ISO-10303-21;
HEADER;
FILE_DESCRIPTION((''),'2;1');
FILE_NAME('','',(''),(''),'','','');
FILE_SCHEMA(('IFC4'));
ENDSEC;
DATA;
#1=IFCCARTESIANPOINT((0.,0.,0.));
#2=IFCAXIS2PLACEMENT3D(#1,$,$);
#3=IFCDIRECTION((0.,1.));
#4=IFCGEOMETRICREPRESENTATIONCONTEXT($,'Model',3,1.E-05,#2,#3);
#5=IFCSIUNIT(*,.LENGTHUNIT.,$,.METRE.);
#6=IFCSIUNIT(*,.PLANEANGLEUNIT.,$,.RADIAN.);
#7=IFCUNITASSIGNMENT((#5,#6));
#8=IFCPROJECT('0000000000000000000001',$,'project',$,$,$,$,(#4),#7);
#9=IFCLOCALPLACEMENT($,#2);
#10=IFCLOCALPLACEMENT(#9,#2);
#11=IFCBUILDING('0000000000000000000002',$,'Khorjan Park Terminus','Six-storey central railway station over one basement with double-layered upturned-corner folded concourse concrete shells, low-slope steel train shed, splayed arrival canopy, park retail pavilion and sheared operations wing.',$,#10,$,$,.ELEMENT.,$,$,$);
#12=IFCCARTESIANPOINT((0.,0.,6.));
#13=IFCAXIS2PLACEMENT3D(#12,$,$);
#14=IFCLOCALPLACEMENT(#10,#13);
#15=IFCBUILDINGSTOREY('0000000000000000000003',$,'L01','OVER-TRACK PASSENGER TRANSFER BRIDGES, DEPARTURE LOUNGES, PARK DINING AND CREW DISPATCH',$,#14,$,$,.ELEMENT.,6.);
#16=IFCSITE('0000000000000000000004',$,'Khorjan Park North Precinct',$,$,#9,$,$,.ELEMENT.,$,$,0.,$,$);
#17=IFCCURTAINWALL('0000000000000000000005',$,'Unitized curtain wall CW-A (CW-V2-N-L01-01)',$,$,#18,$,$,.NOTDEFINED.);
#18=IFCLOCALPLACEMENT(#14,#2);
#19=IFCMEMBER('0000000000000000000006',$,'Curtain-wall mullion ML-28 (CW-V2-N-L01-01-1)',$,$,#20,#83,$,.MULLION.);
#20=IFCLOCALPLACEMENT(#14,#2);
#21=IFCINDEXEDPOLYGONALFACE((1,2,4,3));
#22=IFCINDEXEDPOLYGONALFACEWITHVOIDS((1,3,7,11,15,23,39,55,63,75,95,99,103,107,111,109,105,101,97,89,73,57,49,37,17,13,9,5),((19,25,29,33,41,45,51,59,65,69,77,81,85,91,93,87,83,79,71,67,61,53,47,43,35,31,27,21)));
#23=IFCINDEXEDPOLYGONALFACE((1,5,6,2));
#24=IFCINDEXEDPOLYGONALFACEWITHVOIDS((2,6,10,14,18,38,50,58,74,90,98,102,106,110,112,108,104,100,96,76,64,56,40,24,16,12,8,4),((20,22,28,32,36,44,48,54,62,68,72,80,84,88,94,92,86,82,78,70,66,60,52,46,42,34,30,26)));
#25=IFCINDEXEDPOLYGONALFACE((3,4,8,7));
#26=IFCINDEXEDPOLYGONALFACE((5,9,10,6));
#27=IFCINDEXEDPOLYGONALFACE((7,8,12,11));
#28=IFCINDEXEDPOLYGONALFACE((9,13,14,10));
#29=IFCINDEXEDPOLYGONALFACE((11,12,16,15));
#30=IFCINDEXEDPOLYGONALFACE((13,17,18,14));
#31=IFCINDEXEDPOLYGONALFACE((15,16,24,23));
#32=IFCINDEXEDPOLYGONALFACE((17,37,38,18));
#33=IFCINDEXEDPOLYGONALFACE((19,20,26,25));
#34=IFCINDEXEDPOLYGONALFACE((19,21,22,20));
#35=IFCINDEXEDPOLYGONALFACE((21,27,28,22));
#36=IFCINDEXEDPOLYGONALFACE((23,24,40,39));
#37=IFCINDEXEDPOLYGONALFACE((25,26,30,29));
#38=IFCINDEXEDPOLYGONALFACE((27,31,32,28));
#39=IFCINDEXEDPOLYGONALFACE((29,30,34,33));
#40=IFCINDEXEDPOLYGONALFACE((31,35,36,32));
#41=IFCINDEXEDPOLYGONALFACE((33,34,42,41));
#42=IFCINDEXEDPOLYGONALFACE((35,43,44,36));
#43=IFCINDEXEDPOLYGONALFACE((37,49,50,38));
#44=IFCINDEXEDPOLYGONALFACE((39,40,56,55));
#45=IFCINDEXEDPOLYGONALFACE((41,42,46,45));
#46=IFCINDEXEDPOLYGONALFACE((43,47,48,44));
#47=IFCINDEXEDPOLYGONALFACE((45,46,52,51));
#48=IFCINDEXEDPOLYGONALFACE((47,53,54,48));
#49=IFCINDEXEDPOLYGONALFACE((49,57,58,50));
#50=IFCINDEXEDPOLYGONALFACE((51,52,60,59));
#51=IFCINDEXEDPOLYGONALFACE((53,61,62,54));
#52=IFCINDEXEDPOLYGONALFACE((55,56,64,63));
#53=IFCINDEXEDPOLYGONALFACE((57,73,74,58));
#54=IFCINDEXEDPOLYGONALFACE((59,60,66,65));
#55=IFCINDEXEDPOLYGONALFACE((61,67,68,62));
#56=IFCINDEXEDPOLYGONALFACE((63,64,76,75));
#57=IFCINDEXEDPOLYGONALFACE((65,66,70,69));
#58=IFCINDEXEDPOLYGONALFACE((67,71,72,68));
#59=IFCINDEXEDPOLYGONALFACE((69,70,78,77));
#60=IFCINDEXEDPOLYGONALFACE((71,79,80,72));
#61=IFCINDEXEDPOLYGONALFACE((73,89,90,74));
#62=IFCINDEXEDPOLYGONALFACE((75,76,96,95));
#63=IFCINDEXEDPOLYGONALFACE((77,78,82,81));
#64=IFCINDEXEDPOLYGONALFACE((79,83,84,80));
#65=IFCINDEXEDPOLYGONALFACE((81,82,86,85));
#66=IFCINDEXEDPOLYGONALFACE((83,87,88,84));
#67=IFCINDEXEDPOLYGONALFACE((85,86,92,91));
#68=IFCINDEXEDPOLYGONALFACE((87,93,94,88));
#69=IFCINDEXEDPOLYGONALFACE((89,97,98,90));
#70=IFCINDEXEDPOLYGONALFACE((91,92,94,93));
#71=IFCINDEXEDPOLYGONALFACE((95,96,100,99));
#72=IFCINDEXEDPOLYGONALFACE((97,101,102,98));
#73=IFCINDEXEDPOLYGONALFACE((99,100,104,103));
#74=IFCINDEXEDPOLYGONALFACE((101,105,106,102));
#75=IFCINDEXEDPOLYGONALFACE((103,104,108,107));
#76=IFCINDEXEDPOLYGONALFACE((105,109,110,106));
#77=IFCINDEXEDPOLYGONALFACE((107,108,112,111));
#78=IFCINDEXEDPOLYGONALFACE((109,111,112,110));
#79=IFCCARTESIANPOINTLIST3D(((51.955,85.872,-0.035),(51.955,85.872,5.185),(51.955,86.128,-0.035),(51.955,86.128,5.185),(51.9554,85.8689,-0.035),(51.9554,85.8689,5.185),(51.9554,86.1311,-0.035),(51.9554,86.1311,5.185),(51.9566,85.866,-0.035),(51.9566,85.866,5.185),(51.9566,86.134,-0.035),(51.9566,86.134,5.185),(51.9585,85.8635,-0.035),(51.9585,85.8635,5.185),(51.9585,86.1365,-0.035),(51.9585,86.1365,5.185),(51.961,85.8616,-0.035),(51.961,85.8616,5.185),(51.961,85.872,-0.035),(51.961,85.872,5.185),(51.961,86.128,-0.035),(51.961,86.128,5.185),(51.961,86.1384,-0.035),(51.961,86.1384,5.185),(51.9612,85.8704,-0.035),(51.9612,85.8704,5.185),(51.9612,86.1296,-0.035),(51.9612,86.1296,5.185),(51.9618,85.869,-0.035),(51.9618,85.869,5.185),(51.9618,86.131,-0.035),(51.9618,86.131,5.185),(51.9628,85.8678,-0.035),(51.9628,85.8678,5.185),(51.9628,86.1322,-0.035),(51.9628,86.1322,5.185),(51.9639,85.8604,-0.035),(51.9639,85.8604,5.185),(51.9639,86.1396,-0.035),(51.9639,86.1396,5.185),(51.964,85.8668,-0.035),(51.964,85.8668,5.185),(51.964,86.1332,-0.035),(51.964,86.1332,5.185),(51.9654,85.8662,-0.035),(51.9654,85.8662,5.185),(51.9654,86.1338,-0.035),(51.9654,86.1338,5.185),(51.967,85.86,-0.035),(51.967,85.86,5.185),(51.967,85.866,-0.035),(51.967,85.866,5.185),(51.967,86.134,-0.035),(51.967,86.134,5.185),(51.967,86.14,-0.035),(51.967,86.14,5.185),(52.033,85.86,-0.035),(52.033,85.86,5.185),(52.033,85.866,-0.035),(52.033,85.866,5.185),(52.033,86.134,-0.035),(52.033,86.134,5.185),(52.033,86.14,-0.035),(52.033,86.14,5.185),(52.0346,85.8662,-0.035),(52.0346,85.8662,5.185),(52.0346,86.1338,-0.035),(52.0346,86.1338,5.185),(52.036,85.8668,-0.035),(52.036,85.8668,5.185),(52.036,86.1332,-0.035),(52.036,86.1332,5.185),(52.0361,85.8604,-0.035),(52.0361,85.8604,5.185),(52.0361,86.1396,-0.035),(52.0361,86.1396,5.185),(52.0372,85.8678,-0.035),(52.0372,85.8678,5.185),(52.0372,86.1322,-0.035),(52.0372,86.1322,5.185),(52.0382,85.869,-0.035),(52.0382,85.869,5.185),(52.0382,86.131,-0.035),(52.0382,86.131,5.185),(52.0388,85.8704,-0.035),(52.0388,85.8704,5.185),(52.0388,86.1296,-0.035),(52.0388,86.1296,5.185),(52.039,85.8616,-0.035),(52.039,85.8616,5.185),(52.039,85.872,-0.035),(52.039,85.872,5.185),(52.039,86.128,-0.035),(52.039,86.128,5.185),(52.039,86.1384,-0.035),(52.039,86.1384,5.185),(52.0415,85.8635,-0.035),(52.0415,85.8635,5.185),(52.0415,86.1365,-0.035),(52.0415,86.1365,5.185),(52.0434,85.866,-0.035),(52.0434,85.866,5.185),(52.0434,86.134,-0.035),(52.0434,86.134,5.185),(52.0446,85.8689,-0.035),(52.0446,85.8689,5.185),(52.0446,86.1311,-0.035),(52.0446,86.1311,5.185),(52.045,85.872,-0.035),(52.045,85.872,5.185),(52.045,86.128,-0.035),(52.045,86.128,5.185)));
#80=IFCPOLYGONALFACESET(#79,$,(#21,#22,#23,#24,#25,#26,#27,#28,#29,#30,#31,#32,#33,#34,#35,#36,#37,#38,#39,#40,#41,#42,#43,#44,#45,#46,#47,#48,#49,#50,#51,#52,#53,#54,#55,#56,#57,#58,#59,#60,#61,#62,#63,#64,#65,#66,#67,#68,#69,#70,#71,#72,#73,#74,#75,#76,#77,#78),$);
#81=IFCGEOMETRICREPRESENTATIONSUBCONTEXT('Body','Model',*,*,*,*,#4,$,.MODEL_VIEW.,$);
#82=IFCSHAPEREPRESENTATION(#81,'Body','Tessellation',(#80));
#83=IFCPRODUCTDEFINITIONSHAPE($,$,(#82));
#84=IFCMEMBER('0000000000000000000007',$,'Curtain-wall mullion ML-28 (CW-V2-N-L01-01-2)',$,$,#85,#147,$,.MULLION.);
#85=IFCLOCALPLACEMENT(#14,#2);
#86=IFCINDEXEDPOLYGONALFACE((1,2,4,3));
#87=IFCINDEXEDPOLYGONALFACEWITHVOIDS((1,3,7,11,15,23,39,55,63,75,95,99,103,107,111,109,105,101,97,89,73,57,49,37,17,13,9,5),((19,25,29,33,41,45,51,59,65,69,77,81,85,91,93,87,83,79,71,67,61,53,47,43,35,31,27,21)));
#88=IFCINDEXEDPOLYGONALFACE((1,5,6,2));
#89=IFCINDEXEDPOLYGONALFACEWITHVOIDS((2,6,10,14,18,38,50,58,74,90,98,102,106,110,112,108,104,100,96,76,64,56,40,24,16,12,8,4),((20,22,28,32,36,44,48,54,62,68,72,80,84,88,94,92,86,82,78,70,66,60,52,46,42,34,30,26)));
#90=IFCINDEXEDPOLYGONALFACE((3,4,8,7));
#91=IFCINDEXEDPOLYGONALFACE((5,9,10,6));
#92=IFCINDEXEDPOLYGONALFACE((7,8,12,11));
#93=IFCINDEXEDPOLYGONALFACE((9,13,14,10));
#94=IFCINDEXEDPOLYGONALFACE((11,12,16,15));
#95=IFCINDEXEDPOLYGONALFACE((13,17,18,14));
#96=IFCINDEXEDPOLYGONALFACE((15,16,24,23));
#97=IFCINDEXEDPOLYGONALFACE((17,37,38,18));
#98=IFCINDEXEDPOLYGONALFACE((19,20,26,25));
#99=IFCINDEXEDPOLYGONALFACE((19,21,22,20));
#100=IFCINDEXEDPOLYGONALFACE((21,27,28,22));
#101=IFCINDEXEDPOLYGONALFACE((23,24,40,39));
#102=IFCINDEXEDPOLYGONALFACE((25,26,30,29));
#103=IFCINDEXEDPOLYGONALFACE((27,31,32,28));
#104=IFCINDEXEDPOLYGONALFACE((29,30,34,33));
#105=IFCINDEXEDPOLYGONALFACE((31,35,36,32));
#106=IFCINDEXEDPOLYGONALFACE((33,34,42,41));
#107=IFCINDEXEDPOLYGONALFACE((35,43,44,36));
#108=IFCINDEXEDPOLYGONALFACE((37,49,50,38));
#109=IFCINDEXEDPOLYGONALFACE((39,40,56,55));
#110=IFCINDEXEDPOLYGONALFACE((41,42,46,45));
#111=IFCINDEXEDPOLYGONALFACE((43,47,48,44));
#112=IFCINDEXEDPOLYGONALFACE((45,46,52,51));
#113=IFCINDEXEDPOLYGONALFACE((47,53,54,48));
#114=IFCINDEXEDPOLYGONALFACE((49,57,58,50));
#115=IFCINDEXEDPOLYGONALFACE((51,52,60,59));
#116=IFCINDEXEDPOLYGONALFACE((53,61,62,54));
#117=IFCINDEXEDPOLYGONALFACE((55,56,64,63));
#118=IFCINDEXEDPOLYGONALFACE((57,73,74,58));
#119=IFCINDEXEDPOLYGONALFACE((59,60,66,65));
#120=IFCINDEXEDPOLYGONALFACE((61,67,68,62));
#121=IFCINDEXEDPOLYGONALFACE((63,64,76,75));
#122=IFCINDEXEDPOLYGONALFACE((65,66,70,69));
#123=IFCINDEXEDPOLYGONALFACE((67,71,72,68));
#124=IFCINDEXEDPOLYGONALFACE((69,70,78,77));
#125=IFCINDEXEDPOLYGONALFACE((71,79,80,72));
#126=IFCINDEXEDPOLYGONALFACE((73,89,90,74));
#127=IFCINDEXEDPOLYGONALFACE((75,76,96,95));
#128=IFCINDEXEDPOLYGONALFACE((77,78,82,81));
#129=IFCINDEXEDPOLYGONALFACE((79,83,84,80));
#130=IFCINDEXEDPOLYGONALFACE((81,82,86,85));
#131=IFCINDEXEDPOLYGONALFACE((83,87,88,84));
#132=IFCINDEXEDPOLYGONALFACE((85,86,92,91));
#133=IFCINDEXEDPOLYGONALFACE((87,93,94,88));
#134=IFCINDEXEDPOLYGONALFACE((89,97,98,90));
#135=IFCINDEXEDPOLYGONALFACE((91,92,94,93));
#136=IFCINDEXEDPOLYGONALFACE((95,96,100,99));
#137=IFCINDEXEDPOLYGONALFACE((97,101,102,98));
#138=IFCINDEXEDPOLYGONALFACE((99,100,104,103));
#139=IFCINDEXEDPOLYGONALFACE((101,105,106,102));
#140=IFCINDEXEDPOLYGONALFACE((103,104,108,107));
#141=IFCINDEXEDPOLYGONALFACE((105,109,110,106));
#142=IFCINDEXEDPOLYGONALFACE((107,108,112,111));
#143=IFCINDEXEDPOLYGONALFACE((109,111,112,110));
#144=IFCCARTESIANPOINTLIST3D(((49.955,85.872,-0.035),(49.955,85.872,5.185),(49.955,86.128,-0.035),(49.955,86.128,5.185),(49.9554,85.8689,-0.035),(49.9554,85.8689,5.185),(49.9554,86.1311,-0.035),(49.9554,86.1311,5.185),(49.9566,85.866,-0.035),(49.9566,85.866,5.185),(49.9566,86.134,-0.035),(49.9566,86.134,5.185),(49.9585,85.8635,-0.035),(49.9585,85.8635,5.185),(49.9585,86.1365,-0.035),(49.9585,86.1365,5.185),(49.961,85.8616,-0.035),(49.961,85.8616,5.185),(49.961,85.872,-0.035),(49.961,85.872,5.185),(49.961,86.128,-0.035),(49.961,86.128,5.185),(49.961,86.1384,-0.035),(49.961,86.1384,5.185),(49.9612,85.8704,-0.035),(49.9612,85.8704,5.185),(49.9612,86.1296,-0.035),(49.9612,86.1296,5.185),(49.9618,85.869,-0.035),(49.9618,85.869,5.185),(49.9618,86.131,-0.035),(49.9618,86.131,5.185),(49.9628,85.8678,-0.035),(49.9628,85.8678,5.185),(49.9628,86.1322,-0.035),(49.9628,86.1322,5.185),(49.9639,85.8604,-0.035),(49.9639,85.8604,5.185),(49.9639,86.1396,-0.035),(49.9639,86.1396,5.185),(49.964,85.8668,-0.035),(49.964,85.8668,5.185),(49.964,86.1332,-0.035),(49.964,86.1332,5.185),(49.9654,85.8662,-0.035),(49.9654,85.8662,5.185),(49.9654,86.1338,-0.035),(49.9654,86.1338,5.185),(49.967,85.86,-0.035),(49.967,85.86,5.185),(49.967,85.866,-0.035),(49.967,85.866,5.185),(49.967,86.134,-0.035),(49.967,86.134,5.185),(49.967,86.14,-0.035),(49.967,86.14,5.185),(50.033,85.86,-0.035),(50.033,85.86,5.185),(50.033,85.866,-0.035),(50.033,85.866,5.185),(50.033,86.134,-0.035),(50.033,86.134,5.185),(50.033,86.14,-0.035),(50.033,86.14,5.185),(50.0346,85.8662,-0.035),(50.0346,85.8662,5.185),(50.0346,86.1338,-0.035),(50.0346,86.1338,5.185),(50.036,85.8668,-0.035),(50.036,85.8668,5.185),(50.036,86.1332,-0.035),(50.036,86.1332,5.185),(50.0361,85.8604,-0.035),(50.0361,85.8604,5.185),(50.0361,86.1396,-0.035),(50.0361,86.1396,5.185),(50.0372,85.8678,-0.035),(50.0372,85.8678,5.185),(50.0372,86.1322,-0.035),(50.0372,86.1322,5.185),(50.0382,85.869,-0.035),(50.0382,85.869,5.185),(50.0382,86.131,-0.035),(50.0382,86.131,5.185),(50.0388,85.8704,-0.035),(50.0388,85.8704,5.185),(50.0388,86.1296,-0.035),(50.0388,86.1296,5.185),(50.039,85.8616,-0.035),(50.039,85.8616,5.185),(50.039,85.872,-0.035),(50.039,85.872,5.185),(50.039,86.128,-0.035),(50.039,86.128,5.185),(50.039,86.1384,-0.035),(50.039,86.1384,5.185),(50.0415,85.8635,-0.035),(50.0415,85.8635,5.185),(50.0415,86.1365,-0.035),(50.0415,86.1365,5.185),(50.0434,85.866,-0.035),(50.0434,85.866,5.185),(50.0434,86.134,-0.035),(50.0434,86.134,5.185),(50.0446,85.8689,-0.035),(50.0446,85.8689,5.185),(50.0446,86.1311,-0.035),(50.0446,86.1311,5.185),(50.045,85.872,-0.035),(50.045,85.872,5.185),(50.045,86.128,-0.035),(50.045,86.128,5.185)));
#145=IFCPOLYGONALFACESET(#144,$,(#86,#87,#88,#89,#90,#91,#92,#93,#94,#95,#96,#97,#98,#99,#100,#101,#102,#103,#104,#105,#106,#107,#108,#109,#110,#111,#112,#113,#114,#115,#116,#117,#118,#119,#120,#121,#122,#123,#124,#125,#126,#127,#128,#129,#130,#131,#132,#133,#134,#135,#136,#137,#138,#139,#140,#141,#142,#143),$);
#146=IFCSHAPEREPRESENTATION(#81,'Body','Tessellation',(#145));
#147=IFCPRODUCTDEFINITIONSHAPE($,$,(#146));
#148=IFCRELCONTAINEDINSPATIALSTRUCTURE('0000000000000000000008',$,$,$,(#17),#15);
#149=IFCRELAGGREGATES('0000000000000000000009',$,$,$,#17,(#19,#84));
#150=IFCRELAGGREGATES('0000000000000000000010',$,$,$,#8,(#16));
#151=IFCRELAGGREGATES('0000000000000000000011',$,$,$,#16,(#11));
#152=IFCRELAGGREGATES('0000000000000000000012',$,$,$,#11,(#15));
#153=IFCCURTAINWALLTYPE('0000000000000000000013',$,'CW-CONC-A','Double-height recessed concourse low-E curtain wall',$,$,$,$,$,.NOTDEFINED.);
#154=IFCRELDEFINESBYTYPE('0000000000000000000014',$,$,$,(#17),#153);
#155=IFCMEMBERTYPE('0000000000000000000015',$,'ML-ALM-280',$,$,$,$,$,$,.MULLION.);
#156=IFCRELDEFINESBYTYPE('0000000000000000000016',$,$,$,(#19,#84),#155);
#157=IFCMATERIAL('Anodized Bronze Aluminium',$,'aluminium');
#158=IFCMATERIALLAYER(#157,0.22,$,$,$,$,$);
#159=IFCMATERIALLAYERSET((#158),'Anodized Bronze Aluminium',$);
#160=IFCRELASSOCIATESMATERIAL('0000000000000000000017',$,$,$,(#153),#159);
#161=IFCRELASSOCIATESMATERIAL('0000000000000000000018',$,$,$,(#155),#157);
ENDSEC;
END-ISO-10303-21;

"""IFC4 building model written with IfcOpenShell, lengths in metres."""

from ifc_helpers import new_model, si_unit, direction, frame, origin, origin_2d, place, context, subcontext, project, spatial, hollow_rectangle, extrude, material, layer, layer_set, material_profile, profile_set, type_object, element, aggregate, save


model = new_model("IFC4")

# Units and contexts
model_context = context("Model", 3, precision=1e-05, world=origin(), true_north=direction((0.0, 1.0)))
body_context = subcontext(model_context, "Body", "Model", "MODEL_VIEW")
ifc_project = project(units=[si_unit("LENGTHUNIT", "METRE"), si_unit("PLANEANGLEUNIT", "RADIAN")], contexts=[model_context])

# Site, building, storey
site_placement = place(None, origin())
site = spatial("IfcSite", under=ifc_project, at=site_placement, Name="Khorjan Park North Precinct", CompositionType="ELEMENT", RefElevation=0.0)
building_placement = place(site_placement, origin())
building = spatial("IfcBuilding", under=site, at=building_placement, Name="Khorjan Park Terminus", Description="Six-storey central railway station over one basement with double-layered upturned-corner folded concourse concrete shells, low-slope steel train shed, splayed arrival canopy, park retail pavilion and sheared operations wing.", CompositionType="ELEMENT")
storey_placement = place(building_placement, frame((0.0, 0.0, 6.0)))
storey = spatial("IfcBuildingStorey", under=building, at=storey_placement, Name="L01", Description="OVER-TRACK PASSENGER TRANSFER BRIDGES, DEPARTURE LOUNGES, PARK DINING AND CREW DISPATCH", CompositionType="ELEMENT", Elevation=6.0)

# Curtain wall, members
ifc_material_1 = material(Name="Anodized Bronze Aluminium", Category="aluminium")
ifc_layer_1 = layer(ifc_material_1, 0.22)
ifc_layer_set_1 = layer_set([ifc_layer_1], Name="Anodized Bronze Aluminium")
curtain_wall_type_1 = type_object("IfcCurtainWallType", Name="CW-CONC-A", Description="Double-height recessed concourse low-E curtain wall", PredefinedType="NOTDEFINED", material=ifc_layer_set_1)
curtain_wall_1_placement = place(storey_placement, origin())
curtain_wall_1 = element("IfcCurtainWall", 1, at=curtain_wall_1_placement, inside=storey, type_object=curtain_wall_type_1, Name="Unitized curtain wall CW-A (CW-V2-N-L01-01)", PredefinedType="NOTDEFINED")
ifc_material_profile_1 = material_profile(ifc_material_1, hollow_rectangle(XDim=0.09, YDim=0.28, WallThickness=0.006, InnerFilletRadius=0.006, OuterFilletRadius=0.012, at=origin_2d()), Name="ALM 90x280x6")
ifc_profile_set_1 = profile_set([ifc_material_profile_1], Name="Anodized Bronze Aluminium")
member_type_1 = type_object("IfcMemberType", Name="ML-ALM-280", PredefinedType="MULLION", material=ifc_profile_set_1)
member_1_placement = place(storey_placement, frame((52.0, 86.0, -0.035), z_axis=(0.0, 0.0, 1.0), x_axis=(-1.0, 0.0, 0.0)))
member_1 = element("IfcMember", 2, at=member_1_placement, type_object=member_type_1, Name="Curtain-wall mullion ML-28 (CW-V2-N-L01-01-1)", PredefinedType="MULLION", context=body_context, shape_type="SweptSolid", body=[
    extrude(hollow_rectangle(XDim=0.09, YDim=0.28, WallThickness=0.006, InnerFilletRadius=0.006, OuterFilletRadius=0.012, at=origin_2d()), origin(), (0.0, 0.0, 1.0), 5.22),
])
member_2_placement = place(storey_placement, frame((50.0, 86.0, -0.035), z_axis=(0.0, 0.0, 1.0), x_axis=(-1.0, 0.0, 0.0)))
member_2 = element("IfcMember", 3, at=member_2_placement, type_object=member_type_1, Name="Curtain-wall mullion ML-28 (CW-V2-N-L01-01-2)", PredefinedType="MULLION", context=body_context, shape_type="SweptSolid", body=[
    extrude(hollow_rectangle(XDim=0.09, YDim=0.28, WallThickness=0.006, InnerFilletRadius=0.006, OuterFilletRadius=0.012, at=origin_2d()), origin(), (0.0, 0.0, 1.0), 5.22),
])

aggregate(curtain_wall_1, [member_1, member_2])

save(model, "model.ifc")
